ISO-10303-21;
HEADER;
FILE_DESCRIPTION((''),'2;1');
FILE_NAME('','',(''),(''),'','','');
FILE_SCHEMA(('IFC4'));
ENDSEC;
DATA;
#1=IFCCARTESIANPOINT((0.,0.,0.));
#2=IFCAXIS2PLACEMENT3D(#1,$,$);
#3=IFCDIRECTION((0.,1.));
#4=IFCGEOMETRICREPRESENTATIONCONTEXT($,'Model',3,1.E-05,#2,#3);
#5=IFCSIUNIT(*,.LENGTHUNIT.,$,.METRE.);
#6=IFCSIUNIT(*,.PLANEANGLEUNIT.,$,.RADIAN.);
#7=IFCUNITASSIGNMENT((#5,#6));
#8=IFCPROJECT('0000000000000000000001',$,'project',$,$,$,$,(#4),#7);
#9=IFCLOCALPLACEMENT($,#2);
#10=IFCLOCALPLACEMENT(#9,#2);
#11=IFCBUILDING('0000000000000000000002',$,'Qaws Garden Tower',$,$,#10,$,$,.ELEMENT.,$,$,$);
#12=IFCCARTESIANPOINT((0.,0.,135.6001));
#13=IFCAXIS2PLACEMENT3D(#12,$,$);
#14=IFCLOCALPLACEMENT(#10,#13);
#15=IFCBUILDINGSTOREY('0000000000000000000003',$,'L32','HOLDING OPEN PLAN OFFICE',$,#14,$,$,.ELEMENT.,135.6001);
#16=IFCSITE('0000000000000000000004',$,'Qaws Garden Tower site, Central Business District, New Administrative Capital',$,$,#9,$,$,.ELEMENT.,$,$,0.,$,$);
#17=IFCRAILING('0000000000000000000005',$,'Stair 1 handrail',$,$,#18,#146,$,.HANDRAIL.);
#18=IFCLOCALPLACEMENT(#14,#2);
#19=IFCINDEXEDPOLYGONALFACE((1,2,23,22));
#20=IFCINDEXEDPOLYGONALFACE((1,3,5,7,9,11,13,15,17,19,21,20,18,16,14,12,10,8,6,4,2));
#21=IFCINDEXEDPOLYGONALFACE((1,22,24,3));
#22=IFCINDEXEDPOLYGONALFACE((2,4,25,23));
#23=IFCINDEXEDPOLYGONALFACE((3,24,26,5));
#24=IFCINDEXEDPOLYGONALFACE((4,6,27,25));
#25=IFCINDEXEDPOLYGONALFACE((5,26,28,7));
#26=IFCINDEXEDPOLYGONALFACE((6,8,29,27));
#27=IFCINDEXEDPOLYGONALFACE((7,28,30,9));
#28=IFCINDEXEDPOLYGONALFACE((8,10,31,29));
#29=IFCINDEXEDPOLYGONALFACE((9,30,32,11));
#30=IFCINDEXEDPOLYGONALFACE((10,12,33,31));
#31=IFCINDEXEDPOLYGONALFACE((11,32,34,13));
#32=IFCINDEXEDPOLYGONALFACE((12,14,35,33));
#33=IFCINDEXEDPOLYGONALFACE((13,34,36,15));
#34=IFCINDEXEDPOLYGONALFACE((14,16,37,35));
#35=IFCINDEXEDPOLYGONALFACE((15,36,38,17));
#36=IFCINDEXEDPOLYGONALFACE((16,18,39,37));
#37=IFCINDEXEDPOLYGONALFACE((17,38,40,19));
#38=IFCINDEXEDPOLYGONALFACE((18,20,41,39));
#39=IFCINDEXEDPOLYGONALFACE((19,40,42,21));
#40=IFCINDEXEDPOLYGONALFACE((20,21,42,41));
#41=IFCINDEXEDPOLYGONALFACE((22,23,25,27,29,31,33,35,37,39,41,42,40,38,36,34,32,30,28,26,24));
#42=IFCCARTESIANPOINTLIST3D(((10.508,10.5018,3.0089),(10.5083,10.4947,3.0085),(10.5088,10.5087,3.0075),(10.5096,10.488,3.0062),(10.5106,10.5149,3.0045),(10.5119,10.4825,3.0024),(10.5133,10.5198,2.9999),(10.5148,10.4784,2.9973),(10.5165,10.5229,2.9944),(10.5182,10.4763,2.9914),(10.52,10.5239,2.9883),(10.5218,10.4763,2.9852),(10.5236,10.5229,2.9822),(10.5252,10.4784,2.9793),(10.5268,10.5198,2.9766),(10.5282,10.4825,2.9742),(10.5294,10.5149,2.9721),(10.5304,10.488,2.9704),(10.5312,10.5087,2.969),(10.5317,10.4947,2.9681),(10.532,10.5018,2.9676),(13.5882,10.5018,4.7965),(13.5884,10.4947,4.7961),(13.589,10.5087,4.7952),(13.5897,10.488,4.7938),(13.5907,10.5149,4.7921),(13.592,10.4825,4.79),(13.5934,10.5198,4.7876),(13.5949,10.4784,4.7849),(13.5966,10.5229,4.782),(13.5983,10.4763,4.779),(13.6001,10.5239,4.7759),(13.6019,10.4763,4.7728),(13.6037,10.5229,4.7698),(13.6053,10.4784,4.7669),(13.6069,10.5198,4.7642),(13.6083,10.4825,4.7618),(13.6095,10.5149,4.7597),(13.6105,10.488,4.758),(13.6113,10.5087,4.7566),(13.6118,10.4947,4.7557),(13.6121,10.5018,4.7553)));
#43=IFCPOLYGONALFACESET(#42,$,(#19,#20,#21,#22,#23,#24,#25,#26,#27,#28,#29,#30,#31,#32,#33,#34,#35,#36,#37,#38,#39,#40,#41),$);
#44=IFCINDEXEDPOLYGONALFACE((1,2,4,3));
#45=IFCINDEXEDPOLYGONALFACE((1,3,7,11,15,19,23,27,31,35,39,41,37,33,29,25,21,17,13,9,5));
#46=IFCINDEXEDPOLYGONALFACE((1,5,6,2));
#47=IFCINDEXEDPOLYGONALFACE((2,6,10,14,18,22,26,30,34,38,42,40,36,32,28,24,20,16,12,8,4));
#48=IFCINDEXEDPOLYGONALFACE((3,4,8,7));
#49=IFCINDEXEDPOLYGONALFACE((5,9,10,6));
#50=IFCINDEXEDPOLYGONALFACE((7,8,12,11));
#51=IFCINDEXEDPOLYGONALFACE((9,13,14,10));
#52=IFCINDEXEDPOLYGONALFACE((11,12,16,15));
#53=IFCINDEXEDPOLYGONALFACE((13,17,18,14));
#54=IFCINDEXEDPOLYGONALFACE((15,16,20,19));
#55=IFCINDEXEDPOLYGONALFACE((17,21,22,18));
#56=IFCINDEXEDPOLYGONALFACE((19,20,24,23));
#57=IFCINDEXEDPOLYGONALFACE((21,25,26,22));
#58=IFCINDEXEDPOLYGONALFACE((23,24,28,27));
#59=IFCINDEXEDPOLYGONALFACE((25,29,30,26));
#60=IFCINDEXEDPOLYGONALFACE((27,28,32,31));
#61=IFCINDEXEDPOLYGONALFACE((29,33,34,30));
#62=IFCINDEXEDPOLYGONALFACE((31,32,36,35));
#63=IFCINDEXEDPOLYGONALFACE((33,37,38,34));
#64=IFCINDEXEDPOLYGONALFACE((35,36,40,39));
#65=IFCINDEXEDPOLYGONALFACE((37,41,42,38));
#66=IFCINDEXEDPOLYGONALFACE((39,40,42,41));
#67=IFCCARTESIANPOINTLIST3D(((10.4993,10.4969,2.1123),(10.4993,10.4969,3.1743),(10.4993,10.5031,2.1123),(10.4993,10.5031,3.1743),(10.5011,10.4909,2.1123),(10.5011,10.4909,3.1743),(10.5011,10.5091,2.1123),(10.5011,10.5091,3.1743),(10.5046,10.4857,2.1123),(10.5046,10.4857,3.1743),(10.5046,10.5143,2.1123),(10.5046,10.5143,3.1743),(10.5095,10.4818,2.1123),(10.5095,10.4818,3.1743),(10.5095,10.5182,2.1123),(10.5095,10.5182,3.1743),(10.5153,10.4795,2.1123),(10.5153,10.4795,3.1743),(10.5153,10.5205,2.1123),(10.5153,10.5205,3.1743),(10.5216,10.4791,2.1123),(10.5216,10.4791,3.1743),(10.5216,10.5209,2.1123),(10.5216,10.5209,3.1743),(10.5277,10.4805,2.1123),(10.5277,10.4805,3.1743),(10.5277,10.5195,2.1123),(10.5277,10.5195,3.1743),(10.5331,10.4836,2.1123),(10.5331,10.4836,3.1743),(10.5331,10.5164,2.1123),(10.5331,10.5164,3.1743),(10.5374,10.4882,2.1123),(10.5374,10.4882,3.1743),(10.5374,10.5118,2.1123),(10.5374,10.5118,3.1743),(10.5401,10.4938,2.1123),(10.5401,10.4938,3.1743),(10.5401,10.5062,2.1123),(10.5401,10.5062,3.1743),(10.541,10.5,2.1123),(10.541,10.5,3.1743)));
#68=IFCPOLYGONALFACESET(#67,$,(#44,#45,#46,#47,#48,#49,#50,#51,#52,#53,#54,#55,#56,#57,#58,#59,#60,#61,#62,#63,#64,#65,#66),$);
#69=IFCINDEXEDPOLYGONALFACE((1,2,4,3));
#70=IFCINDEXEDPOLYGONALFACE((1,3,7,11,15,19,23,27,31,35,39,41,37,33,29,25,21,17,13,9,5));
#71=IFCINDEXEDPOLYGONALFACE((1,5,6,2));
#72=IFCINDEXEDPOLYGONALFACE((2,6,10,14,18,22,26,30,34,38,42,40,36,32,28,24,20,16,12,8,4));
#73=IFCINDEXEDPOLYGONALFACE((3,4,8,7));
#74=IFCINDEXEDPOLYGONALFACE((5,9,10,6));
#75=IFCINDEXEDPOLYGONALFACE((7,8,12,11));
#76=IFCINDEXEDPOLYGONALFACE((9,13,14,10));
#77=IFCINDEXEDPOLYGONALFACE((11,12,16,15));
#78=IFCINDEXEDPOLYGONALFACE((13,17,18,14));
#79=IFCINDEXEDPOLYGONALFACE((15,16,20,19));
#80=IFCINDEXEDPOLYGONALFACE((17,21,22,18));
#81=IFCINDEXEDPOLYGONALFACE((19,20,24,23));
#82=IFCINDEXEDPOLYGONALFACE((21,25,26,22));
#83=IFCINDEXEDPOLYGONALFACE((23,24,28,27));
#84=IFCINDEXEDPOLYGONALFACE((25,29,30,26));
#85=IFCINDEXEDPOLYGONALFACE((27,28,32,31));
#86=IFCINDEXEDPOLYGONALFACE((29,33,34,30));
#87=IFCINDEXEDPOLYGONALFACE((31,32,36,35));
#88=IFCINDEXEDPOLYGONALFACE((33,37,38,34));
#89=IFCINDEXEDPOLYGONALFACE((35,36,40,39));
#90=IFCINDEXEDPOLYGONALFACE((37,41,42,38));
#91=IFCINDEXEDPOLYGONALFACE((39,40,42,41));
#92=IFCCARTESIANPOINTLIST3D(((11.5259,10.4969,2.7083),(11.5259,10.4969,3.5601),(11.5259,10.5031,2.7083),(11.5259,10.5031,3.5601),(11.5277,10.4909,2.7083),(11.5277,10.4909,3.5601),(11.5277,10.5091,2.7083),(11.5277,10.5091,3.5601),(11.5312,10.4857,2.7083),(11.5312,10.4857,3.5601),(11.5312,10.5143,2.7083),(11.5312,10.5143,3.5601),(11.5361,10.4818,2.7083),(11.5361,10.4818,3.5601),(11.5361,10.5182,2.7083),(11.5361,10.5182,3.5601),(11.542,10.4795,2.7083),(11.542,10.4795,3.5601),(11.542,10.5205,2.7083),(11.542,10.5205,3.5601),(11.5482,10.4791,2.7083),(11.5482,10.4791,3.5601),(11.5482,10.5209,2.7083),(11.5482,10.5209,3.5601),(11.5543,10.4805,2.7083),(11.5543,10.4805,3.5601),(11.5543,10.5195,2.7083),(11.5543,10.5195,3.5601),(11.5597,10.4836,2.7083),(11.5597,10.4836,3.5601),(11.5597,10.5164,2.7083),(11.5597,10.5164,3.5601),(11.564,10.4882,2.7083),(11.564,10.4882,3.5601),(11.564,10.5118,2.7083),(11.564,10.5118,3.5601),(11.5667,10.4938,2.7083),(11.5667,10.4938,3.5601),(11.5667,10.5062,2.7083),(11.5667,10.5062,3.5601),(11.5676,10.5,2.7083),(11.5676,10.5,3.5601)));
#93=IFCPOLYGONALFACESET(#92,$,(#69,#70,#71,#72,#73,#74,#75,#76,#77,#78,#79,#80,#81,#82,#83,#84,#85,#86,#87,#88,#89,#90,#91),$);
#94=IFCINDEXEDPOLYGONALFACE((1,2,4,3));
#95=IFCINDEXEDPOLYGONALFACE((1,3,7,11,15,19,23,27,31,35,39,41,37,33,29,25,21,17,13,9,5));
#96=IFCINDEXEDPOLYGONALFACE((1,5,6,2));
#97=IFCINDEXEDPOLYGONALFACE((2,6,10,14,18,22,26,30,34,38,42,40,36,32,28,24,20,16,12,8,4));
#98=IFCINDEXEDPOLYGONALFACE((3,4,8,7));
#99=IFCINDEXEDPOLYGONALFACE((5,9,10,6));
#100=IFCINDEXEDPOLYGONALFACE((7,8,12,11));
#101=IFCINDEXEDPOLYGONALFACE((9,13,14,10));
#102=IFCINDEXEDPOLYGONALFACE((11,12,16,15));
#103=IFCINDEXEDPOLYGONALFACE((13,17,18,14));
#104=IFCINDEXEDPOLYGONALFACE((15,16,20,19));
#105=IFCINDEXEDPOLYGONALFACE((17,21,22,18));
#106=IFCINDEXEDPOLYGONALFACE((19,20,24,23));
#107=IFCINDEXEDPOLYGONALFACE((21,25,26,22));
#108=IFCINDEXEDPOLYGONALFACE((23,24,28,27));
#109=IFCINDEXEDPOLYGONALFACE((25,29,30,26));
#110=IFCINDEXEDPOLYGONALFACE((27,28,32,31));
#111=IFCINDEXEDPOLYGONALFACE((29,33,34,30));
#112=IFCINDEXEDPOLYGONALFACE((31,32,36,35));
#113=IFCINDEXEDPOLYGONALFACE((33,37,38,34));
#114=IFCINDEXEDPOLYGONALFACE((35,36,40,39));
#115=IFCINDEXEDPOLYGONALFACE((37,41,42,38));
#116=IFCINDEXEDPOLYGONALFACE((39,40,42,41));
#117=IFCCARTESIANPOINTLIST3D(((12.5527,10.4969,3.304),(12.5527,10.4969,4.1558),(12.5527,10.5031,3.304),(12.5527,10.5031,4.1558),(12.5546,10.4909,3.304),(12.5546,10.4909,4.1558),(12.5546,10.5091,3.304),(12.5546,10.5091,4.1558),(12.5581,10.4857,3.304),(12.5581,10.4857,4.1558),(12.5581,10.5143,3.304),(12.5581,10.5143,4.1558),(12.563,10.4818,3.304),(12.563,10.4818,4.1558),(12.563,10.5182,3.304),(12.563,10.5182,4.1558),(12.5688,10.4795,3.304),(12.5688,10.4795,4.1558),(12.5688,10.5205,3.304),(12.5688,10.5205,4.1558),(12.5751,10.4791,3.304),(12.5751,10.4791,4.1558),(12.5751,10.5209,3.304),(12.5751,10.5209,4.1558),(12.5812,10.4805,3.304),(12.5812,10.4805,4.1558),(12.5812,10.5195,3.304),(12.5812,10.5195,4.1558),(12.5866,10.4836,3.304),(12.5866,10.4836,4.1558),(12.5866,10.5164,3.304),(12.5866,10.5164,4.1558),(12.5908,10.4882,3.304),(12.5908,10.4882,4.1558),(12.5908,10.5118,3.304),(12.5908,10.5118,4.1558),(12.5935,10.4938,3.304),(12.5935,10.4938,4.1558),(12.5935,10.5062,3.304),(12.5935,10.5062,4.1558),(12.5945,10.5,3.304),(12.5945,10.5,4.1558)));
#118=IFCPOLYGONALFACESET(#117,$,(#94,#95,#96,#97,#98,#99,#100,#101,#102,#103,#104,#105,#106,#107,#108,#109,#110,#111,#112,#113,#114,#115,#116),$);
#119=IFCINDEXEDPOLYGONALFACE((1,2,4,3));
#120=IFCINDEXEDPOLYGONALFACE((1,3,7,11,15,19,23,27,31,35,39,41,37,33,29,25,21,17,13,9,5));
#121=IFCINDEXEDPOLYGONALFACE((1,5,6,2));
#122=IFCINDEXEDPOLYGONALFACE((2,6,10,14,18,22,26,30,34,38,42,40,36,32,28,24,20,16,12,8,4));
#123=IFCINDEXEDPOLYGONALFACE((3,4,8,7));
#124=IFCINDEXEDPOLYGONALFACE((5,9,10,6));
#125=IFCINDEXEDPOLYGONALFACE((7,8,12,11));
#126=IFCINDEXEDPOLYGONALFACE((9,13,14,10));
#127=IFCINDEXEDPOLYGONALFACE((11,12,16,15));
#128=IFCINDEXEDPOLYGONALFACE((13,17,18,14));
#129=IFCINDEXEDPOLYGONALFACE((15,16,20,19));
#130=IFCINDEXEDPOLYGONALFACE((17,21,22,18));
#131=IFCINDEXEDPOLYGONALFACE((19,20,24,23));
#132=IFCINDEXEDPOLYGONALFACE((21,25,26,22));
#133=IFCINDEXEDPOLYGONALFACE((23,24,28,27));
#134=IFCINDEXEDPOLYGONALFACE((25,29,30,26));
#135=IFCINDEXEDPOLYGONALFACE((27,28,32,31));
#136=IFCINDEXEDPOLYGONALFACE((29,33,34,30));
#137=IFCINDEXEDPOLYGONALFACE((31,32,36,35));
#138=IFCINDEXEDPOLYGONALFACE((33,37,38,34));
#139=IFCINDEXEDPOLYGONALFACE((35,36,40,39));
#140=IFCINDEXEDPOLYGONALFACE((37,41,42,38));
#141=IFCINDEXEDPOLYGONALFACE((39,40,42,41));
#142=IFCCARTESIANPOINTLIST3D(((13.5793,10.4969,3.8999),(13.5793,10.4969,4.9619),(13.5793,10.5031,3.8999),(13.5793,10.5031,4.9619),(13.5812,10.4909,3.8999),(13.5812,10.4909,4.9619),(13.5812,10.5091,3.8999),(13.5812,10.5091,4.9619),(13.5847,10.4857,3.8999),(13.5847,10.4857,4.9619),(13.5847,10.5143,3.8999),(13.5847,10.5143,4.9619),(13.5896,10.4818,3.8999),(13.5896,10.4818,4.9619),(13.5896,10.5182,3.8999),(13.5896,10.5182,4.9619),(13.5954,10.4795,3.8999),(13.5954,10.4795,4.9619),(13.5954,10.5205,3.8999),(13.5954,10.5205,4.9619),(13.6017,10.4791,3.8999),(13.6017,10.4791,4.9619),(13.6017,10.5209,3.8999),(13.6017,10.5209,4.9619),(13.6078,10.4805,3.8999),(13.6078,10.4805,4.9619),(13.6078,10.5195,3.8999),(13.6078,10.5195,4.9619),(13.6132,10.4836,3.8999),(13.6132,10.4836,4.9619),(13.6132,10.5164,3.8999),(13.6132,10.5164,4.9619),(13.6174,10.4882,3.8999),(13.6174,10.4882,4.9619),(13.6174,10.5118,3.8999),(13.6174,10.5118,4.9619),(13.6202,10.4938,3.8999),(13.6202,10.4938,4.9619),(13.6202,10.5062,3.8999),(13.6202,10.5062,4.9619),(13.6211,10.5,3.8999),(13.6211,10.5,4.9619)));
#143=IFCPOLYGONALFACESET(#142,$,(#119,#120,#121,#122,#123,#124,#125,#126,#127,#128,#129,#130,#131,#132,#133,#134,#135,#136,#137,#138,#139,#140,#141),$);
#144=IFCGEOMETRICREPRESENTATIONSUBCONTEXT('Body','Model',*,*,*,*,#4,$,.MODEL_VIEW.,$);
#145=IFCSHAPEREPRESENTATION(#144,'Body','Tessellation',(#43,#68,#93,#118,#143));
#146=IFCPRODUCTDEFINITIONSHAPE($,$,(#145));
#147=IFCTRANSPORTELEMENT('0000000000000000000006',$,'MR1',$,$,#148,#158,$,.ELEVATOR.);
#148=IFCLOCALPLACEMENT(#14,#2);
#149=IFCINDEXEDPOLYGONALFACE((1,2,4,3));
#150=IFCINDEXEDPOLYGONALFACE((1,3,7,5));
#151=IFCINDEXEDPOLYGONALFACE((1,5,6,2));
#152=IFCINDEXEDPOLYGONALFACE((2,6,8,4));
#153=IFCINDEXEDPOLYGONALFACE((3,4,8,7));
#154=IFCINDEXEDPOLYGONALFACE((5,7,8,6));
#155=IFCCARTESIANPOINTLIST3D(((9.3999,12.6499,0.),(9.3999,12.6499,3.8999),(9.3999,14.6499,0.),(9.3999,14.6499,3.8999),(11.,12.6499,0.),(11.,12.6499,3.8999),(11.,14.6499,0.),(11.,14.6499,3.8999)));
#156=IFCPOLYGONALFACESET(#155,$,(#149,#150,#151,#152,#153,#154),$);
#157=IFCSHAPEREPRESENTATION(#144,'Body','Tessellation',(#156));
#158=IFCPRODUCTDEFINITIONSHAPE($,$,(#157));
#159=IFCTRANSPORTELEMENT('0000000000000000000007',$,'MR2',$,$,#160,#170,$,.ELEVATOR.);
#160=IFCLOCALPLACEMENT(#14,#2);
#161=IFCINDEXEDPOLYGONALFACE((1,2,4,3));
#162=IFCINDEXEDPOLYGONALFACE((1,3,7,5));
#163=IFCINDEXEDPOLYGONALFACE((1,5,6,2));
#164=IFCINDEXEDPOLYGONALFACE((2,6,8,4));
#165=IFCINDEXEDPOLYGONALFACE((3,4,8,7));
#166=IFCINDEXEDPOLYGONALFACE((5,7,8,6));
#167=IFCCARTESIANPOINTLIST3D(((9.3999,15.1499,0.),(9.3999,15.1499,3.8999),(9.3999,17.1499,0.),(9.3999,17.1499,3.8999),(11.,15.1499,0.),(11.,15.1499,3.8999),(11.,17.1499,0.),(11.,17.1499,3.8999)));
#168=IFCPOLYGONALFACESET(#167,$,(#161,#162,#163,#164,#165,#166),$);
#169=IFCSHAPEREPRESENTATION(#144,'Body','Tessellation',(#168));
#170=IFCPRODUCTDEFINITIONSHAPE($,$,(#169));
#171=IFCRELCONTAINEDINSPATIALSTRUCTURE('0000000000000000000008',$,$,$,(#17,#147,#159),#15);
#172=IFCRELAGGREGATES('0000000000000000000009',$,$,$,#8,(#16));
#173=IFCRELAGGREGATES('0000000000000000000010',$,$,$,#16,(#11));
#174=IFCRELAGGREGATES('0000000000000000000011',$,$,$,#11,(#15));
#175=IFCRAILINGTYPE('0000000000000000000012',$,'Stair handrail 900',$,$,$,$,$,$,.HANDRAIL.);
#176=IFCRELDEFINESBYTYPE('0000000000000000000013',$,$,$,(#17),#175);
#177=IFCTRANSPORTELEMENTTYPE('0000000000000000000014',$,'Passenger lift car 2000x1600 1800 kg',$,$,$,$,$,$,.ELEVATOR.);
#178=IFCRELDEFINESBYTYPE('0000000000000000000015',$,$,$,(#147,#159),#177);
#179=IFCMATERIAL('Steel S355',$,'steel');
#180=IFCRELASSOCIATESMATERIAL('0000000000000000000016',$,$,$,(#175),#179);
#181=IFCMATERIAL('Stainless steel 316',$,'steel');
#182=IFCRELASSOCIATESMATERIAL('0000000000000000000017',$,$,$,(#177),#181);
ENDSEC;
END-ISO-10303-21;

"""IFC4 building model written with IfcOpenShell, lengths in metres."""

from ifc_helpers import new_model, si_unit, direction, frame, origin, origin_2d, place, context, subcontext, project, spatial, rectangle, circle, extrude, material, type_object, element, save


model = new_model("IFC4")

# Units and contexts
model_context = context("Model", 3, precision=1e-05, world=origin(), true_north=direction((0.0, 1.0)))
body_context = subcontext(model_context, "Body", "Model", "MODEL_VIEW")
ifc_project = project(units=[si_unit("LENGTHUNIT", "METRE"), si_unit("PLANEANGLEUNIT", "RADIAN")], contexts=[model_context])

# Site, building, storey
site_placement = place(None, origin())
site = spatial("IfcSite", under=ifc_project, at=site_placement, Name="Qaws Garden Tower site, Central Business District, New Administrative Capital", CompositionType="ELEMENT", RefElevation=0.0)
building_placement = place(site_placement, origin())
building = spatial("IfcBuilding", under=site, at=building_placement, Name="Qaws Garden Tower", CompositionType="ELEMENT")
storey_placement = place(building_placement, frame((0.0, 0.0, 135.6001)))
storey = spatial("IfcBuildingStorey", under=building, at=storey_placement, Name="L32", Description="HOLDING OPEN PLAN OFFICE", CompositionType="ELEMENT", Elevation=135.6001)

# Railing
ifc_material_1 = material(Name="Steel S355", Category="steel")
railing_type = type_object("IfcRailingType", Name="Stair handrail 900", PredefinedType="HANDRAIL", material=ifc_material_1)
railing_1_placement = place(storey_placement, frame((10.52, 10.5, 2.1123)))
element("IfcRailing", 1, at=railing_1_placement, inside=storey, type_object=railing_type, Name="Stair 1 handrail", PredefinedType="HANDRAIL", context=body_context, shape_type="SweptSolid", body=[
    extrude(circle(Radius=0.0239, at=origin_2d()), frame((0.0, 0.0, 0.876), z_axis=(0.864891, 0.0, 0.50196), x_axis=(0.0, 1.0, 0.0)), (0.0, 0.0, 1.0), 3.5613),
    extrude(circle(Radius=0.021, at=origin_2d()), origin(), (0.0, 0.0, 1.0), 1.062),
    extrude(circle(Radius=0.021, at=origin_2d()), frame((1.0266, 0.0, 0.5959)), (0.0, 0.0, 1.0), 0.8518),
    extrude(circle(Radius=0.021, at=origin_2d()), frame((2.0535, 0.0, 1.1917)), (0.0, 0.0, 1.0), 0.8518),
    extrude(circle(Radius=0.021, at=origin_2d()), frame((3.0801, 0.0, 1.7876)), (0.0, 0.0, 1.0), 1.062),
])

# Transport elements
ifc_material_2 = material(Name="Stainless steel 316", Category="steel")
transport_element_type = type_object("IfcTransportElementType", Name="Passenger lift car 2000x1600 1800 kg", PredefinedType="ELEVATOR", material=ifc_material_2)
for number, where, z_axis, x_axis, name in (
    (2, (10.2, 13.6499, 0.0), (0.0, 0.0, 1.0), (1.0, 0.0, 0.0), "MR1"),
    (3, (10.2, 16.1499, 0.0), (0.0, 0.0, 1.0), (1.0, 0.0, 0.0), "MR2"),
):
    element("IfcTransportElement", number, at=place(storey_placement, frame(where, z_axis=z_axis, x_axis=x_axis)), inside=storey, type_object=transport_element_type, Name=name, PredefinedType="ELEVATOR", context=body_context, shape_type="SweptSolid", body=[
        extrude(rectangle(XDim=1.6001, YDim=2.0, at=origin_2d()), origin(), (0.0, 0.0, 1.0), 3.8999),
    ])

save(model, "model.ifc")
